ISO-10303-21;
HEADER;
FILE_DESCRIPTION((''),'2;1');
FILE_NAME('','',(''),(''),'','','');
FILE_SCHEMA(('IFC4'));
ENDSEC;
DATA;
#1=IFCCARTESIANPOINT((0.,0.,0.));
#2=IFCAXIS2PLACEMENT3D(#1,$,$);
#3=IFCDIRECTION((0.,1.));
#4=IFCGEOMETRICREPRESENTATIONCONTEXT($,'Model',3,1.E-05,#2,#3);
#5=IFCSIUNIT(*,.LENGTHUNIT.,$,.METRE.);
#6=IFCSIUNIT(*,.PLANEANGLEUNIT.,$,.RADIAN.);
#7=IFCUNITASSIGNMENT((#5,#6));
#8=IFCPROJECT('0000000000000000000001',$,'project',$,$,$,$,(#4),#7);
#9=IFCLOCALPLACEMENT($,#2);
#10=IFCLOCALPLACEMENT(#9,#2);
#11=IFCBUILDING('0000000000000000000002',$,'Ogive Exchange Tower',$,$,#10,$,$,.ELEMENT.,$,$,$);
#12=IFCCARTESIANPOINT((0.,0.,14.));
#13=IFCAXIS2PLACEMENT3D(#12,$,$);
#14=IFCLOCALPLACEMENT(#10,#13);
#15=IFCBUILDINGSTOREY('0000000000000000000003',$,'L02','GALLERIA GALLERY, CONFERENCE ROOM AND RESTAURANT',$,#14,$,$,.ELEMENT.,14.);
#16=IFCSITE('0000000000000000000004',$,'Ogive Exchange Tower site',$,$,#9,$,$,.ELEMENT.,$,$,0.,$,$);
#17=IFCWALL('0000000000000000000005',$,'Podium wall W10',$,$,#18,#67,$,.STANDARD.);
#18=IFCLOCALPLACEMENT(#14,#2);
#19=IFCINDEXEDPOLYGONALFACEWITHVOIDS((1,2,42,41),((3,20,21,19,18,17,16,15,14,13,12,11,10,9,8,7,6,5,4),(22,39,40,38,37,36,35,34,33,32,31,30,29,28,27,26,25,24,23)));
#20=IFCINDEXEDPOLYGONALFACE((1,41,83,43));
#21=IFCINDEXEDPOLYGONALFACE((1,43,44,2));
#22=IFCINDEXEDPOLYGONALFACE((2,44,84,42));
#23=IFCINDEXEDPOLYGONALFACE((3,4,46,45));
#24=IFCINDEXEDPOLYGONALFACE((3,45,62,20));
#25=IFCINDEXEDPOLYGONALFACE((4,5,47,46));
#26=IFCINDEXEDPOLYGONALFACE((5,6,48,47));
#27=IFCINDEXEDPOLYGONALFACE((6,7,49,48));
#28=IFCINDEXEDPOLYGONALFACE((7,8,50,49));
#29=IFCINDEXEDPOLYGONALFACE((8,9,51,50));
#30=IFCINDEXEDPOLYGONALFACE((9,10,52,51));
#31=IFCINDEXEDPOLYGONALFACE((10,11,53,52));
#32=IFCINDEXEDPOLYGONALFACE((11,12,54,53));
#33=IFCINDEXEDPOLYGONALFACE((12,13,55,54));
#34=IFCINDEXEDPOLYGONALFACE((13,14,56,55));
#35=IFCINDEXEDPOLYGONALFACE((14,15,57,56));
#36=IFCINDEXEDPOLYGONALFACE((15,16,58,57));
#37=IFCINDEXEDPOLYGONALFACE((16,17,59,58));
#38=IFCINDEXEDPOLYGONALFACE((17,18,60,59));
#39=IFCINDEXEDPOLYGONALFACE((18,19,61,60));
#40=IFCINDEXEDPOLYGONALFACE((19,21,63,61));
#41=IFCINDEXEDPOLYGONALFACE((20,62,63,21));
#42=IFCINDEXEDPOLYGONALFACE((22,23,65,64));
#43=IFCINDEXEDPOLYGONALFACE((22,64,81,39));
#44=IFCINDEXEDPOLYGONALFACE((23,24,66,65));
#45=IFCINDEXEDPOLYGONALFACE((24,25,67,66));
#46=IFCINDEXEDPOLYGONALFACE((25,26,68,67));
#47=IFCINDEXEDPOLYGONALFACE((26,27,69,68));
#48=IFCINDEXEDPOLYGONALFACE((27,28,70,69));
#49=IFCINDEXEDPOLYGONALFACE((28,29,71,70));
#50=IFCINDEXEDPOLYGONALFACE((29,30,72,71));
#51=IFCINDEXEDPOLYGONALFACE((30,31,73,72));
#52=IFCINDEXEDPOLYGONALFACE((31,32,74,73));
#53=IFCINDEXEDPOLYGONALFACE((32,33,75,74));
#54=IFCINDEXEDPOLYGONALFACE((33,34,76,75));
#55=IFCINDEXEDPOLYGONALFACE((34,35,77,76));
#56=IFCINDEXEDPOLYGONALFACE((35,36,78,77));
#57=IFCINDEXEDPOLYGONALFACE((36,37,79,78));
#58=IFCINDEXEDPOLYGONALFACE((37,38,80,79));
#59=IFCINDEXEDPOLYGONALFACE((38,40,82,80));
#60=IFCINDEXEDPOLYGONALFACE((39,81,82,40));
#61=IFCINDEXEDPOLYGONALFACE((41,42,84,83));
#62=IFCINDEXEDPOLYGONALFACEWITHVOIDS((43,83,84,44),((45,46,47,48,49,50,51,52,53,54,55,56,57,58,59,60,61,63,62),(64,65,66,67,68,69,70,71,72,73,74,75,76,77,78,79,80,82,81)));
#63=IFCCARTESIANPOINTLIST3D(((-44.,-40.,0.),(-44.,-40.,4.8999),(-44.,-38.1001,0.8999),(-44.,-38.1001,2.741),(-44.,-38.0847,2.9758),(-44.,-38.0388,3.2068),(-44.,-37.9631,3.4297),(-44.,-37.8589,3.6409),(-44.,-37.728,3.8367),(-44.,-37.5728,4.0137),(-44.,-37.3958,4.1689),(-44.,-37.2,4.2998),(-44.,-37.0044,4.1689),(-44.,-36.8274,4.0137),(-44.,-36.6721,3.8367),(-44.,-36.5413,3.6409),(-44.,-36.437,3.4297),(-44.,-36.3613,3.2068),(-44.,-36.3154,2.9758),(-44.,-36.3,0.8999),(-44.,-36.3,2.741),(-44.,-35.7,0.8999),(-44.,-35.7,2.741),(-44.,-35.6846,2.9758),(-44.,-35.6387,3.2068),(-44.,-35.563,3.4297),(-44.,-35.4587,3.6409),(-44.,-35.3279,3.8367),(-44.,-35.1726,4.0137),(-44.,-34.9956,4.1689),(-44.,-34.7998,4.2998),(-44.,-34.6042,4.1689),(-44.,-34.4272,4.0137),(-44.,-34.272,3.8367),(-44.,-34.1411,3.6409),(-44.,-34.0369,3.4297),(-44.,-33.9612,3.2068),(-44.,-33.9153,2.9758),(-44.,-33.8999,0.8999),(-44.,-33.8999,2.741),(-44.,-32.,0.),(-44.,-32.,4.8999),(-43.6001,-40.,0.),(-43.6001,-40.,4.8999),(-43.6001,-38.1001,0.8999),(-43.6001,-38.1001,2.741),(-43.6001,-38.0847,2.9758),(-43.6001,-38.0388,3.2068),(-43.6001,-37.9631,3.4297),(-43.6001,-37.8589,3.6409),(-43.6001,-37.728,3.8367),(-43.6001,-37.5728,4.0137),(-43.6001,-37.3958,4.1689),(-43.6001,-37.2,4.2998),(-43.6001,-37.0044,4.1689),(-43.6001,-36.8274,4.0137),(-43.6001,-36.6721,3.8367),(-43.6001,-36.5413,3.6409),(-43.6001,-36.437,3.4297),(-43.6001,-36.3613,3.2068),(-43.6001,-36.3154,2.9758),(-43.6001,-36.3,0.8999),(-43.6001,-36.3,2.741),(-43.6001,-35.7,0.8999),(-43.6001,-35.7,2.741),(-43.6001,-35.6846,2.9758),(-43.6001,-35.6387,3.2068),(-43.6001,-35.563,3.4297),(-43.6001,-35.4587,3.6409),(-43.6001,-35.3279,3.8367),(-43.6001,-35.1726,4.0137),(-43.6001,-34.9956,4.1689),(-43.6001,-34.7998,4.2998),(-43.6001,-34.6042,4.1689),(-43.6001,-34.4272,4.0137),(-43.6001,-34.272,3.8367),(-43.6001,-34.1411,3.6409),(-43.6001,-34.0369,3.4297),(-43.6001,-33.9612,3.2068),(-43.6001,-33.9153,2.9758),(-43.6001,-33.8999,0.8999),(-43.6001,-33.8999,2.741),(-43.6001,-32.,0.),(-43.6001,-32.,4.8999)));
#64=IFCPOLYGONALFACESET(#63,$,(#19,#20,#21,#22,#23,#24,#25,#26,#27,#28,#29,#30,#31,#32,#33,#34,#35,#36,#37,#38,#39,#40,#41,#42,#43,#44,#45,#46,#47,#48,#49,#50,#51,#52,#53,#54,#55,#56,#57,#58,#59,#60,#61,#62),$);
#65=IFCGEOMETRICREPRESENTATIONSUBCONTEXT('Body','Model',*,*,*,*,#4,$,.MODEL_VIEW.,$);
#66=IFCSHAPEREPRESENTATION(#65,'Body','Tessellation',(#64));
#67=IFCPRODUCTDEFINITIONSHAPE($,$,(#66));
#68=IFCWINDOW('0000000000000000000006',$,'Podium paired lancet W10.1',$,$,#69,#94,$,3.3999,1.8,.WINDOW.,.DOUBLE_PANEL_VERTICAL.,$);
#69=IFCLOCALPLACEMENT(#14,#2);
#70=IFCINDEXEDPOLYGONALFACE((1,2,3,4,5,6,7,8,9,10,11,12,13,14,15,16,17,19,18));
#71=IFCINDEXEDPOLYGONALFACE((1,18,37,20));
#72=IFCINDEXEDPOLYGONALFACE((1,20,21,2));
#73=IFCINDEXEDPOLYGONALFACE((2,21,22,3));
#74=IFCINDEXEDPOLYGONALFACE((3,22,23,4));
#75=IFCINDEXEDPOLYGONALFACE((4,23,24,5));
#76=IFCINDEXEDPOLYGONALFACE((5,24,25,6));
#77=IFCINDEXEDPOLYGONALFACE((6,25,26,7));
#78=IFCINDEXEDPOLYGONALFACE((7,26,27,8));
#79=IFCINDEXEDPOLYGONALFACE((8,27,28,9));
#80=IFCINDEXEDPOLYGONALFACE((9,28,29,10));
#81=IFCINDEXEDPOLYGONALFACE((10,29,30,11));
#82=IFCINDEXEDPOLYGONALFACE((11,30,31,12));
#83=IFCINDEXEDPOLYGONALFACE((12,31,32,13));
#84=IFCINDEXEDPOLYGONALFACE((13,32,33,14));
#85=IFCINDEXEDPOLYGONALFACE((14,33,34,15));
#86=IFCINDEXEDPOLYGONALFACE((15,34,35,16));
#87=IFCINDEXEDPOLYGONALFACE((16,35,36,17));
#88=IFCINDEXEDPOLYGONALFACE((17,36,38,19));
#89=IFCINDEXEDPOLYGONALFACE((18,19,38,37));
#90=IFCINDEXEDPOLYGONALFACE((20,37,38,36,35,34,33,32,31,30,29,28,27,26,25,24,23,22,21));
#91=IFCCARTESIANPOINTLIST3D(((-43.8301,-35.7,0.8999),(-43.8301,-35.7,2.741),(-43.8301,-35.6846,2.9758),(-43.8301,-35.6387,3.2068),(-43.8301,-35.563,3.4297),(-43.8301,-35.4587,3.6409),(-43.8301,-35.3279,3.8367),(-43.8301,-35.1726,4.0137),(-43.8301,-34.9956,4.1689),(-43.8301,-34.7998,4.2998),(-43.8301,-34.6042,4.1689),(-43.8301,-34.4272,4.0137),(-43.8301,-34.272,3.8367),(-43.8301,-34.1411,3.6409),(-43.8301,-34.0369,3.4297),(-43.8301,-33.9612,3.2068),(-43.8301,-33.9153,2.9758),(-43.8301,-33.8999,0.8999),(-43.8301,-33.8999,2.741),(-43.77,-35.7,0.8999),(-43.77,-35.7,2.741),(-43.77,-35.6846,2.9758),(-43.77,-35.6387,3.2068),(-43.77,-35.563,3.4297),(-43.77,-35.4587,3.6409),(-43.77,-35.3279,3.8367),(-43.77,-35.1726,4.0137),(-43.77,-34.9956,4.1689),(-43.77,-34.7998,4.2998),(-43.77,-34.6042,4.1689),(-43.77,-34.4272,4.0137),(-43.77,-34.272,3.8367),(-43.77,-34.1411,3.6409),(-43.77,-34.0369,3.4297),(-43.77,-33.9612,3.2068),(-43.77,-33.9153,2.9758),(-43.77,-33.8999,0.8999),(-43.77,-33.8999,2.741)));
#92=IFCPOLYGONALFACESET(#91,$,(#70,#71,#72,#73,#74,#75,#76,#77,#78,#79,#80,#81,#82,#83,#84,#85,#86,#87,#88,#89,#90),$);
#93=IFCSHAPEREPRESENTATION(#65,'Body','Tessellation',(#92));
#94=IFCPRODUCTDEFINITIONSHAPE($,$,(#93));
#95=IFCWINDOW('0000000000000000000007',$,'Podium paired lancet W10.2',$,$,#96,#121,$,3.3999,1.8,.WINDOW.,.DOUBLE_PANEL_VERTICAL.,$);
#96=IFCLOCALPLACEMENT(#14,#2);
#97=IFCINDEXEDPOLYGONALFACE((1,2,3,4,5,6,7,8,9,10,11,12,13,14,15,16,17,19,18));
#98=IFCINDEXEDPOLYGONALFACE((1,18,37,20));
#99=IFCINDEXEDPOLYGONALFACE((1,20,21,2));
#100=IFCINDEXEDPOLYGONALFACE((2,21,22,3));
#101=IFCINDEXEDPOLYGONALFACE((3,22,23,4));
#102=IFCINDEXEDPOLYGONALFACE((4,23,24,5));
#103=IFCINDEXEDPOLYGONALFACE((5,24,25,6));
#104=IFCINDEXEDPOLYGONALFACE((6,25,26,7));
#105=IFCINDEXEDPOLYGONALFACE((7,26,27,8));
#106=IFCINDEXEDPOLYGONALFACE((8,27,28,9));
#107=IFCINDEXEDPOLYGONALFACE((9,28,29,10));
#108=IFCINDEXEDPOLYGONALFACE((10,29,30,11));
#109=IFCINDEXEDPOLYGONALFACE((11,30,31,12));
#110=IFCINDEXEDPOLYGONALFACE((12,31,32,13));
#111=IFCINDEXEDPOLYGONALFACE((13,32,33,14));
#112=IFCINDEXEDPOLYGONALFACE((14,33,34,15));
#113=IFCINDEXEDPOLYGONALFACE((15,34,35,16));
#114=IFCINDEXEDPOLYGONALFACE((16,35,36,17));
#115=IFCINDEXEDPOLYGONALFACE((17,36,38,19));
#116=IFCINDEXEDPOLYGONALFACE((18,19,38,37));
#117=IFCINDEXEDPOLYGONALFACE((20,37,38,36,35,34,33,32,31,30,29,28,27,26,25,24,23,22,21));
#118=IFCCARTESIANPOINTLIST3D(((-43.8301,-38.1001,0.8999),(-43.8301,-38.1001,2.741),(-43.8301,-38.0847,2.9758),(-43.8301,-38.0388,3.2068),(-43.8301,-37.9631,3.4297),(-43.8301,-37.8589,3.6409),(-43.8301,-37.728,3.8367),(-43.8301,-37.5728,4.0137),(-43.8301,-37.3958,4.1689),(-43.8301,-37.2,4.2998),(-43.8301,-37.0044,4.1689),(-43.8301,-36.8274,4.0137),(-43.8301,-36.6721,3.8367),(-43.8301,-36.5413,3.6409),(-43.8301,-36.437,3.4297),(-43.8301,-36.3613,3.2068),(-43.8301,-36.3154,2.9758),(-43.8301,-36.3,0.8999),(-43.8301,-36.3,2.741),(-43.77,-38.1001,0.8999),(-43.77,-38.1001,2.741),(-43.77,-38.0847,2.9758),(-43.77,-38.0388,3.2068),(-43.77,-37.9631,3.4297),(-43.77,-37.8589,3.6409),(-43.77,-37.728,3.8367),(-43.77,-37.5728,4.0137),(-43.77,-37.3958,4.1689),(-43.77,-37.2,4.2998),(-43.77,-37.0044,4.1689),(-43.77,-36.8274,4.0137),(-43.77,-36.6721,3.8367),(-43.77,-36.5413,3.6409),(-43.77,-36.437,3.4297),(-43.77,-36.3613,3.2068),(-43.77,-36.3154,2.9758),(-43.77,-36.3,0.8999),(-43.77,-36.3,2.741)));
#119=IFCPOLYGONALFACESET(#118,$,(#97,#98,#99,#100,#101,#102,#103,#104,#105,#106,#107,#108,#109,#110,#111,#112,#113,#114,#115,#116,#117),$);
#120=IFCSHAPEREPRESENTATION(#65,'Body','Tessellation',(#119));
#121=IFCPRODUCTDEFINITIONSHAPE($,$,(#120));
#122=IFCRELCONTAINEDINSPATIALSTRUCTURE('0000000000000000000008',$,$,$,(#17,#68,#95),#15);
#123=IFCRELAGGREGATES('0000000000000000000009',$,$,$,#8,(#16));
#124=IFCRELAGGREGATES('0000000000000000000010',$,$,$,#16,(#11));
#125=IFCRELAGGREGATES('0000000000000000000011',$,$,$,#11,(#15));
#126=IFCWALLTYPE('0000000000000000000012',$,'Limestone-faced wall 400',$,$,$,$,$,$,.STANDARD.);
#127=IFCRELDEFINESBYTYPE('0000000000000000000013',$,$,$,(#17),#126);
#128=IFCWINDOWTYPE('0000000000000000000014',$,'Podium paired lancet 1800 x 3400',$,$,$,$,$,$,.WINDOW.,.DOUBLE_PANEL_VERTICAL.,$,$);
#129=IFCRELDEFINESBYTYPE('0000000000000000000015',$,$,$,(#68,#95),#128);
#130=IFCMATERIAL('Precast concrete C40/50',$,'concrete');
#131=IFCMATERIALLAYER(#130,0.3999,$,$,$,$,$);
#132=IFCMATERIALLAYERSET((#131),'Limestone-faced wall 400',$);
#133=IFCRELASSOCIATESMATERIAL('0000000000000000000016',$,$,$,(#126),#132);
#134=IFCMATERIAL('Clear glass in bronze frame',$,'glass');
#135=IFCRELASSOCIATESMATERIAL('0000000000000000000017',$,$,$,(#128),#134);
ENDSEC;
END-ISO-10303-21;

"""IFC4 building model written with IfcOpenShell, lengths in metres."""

from ifc_helpers import new_model, si_unit, direction, frame, frame_2d, origin, place, context, subcontext, project, spatial, polyline, rectangle, outline, extrude, material, layer, layer_set, type_object, element, fill, save


model = new_model("IFC4")

# Units and contexts
model_context = context("Model", 3, precision=1e-05, world=origin(), true_north=direction((0.0, 1.0)))
body_context = subcontext(model_context, "Body", "Model", "MODEL_VIEW")
ifc_project = project(units=[si_unit("LENGTHUNIT", "METRE"), si_unit("PLANEANGLEUNIT", "RADIAN")], contexts=[model_context])

# Site, building, storey
site_placement = place(None, origin())
site = spatial("IfcSite", under=ifc_project, at=site_placement, Name="Ogive Exchange Tower site", CompositionType="ELEMENT", RefElevation=0.0)
building_placement = place(site_placement, origin())
building = spatial("IfcBuilding", under=site, at=building_placement, Name="Ogive Exchange Tower", CompositionType="ELEMENT")
storey_placement = place(building_placement, frame((0.0, 0.0, 14.0)))
storey = spatial("IfcBuildingStorey", under=building, at=storey_placement, Name="L02", Description="GALLERIA GALLERY, CONFERENCE ROOM AND RESTAURANT", CompositionType="ELEMENT", Elevation=14.0)

# Shared definitions
ifc_material_1 = material(Name="Precast concrete C40/50", Category="concrete")
ifc_layer_1 = layer(ifc_material_1, 0.3999)
ifc_layer_set_1 = layer_set([ifc_layer_1], Name="Limestone-faced wall 400")
wall_type_1 = type_object("IfcWallType", Name="Limestone-faced wall 400", PredefinedType="STANDARD", material=ifc_layer_set_1)
ifc_material_2 = material(Name="Clear glass in bronze frame", Category="glass")

# Wall, openings, windows
wall_1_placement = place(storey_placement, frame((-43.8, -32.0, 0.0), z_axis=(0.0, 0.0, 1.0), x_axis=(0.0, -1.0, 0.0)))
wall_1 = element("IfcWall", 1, at=wall_1_placement, inside=storey, type_object=wall_type_1, Name="Podium wall W10", PredefinedType="STANDARD", context=body_context, shape_type="SweptSolid", body=[
    extrude(rectangle(XDim=8.0, YDim=0.3999, at=frame_2d((4.0, 0.0))), origin(), (0.0, 0.0, 1.0), 4.8999),
])
opening_1_placement = place(wall_1_placement, frame((1.8999, 0.0, 0.8999)))
opening_1 = element("IfcOpeningElement", 2, at=opening_1_placement, cuts=wall_1, PredefinedType="OPENING", context=body_context, shape_type="SweptSolid", body=[
    extrude(outline(polyline([(0.0, 0.0), (1.8, 0.0), (1.8, 1.8411), (1.7847, 2.0759), (1.7388, 2.3069), (1.6631, 2.5298), (1.5588, 2.741), (1.428, 2.9368), (1.2727, 3.1138), (1.0957, 3.269), (0.8999, 3.3999), (0.7043, 3.269), (0.5273, 3.1138), (0.3721, 2.9368), (0.2412, 2.741), (0.137, 2.5298), (0.0613, 2.3069), (0.0154, 2.0759), (0.0, 1.8411), (0.0, 0.0)])), frame((0.0, 0.21, 0.0), z_axis=(0.0, -1.0, 0.0), x_axis=(1.0, 0.0, 0.0)), (0.0, 0.0, 1.0), 0.4199),
])
opening_2_placement = place(wall_1_placement, frame((4.3, 0.0, 0.8999)))
opening_2 = element("IfcOpeningElement", 3, at=opening_2_placement, cuts=wall_1, PredefinedType="OPENING", context=body_context, shape_type="SweptSolid", body=[
    extrude(outline(polyline([(0.0, 0.0), (1.8, 0.0), (1.8, 1.8411), (1.7847, 2.0759), (1.7388, 2.3069), (1.6631, 2.5298), (1.5588, 2.741), (1.428, 2.9368), (1.2727, 3.1138), (1.0957, 3.269), (0.8999, 3.3999), (0.7043, 3.269), (0.5273, 3.1138), (0.3721, 2.9368), (0.2412, 2.741), (0.137, 2.5298), (0.0613, 2.3069), (0.0154, 2.0759), (0.0, 1.8411), (0.0, 0.0)])), frame((0.0, 0.21, 0.0), z_axis=(0.0, -1.0, 0.0), x_axis=(1.0, 0.0, 0.0)), (0.0, 0.0, 1.0), 0.4199),
])
window_type_1 = type_object("IfcWindowType", Name="Podium paired lancet 1800 x 3400", PartitioningType="DOUBLE_PANEL_VERTICAL", PredefinedType="WINDOW", material=ifc_material_2)
window_1_placement = place(opening_1_placement, origin())
window_1 = element("IfcWindow", 4, at=window_1_placement, inside=storey, type_object=window_type_1, Name="Podium paired lancet W10.1", OverallHeight=3.3999, OverallWidth=1.8, PartitioningType="DOUBLE_PANEL_VERTICAL", PredefinedType="WINDOW", context=body_context, shape_type="SweptSolid", body=[
    extrude(outline(polyline([(0.0, 0.0), (1.8, 0.0), (1.8, 1.8411), (1.7847, 2.0759), (1.7388, 2.3069), (1.6631, 2.5298), (1.5588, 2.741), (1.428, 2.9368), (1.2727, 3.1138), (1.0957, 3.269), (0.8999, 3.3999), (0.7043, 3.269), (0.5273, 3.1138), (0.3721, 2.9368), (0.2412, 2.741), (0.137, 2.5298), (0.0613, 2.3069), (0.0154, 2.0759), (0.0, 1.8411), (0.0, 0.0)])), frame((0.0, 0.03, 0.0), z_axis=(0.0, -1.0, 0.0), x_axis=(1.0, 0.0, 0.0)), (0.0, 0.0, 1.0), 0.0601),
])
fill(opening_1, window_1)
window_2_placement = place(opening_2_placement, origin())
window_2 = element("IfcWindow", 5, at=window_2_placement, inside=storey, type_object=window_type_1, Name="Podium paired lancet W10.2", OverallHeight=3.3999, OverallWidth=1.8, PartitioningType="DOUBLE_PANEL_VERTICAL", PredefinedType="WINDOW", context=body_context, shape_type="SweptSolid", body=[
    extrude(outline(polyline([(0.0, 0.0), (1.8, 0.0), (1.8, 1.8411), (1.7847, 2.0759), (1.7388, 2.3069), (1.6631, 2.5298), (1.5588, 2.741), (1.428, 2.9368), (1.2727, 3.1138), (1.0957, 3.269), (0.8999, 3.3999), (0.7043, 3.269), (0.5273, 3.1138), (0.3721, 2.9368), (0.2412, 2.741), (0.137, 2.5298), (0.0613, 2.3069), (0.0154, 2.0759), (0.0, 1.8411), (0.0, 0.0)])), frame((0.0, 0.03, 0.0), z_axis=(0.0, -1.0, 0.0), x_axis=(1.0, 0.0, 0.0)), (0.0, 0.0, 1.0), 0.0601),
])
fill(opening_2, window_2)

save(model, "model.ifc")
